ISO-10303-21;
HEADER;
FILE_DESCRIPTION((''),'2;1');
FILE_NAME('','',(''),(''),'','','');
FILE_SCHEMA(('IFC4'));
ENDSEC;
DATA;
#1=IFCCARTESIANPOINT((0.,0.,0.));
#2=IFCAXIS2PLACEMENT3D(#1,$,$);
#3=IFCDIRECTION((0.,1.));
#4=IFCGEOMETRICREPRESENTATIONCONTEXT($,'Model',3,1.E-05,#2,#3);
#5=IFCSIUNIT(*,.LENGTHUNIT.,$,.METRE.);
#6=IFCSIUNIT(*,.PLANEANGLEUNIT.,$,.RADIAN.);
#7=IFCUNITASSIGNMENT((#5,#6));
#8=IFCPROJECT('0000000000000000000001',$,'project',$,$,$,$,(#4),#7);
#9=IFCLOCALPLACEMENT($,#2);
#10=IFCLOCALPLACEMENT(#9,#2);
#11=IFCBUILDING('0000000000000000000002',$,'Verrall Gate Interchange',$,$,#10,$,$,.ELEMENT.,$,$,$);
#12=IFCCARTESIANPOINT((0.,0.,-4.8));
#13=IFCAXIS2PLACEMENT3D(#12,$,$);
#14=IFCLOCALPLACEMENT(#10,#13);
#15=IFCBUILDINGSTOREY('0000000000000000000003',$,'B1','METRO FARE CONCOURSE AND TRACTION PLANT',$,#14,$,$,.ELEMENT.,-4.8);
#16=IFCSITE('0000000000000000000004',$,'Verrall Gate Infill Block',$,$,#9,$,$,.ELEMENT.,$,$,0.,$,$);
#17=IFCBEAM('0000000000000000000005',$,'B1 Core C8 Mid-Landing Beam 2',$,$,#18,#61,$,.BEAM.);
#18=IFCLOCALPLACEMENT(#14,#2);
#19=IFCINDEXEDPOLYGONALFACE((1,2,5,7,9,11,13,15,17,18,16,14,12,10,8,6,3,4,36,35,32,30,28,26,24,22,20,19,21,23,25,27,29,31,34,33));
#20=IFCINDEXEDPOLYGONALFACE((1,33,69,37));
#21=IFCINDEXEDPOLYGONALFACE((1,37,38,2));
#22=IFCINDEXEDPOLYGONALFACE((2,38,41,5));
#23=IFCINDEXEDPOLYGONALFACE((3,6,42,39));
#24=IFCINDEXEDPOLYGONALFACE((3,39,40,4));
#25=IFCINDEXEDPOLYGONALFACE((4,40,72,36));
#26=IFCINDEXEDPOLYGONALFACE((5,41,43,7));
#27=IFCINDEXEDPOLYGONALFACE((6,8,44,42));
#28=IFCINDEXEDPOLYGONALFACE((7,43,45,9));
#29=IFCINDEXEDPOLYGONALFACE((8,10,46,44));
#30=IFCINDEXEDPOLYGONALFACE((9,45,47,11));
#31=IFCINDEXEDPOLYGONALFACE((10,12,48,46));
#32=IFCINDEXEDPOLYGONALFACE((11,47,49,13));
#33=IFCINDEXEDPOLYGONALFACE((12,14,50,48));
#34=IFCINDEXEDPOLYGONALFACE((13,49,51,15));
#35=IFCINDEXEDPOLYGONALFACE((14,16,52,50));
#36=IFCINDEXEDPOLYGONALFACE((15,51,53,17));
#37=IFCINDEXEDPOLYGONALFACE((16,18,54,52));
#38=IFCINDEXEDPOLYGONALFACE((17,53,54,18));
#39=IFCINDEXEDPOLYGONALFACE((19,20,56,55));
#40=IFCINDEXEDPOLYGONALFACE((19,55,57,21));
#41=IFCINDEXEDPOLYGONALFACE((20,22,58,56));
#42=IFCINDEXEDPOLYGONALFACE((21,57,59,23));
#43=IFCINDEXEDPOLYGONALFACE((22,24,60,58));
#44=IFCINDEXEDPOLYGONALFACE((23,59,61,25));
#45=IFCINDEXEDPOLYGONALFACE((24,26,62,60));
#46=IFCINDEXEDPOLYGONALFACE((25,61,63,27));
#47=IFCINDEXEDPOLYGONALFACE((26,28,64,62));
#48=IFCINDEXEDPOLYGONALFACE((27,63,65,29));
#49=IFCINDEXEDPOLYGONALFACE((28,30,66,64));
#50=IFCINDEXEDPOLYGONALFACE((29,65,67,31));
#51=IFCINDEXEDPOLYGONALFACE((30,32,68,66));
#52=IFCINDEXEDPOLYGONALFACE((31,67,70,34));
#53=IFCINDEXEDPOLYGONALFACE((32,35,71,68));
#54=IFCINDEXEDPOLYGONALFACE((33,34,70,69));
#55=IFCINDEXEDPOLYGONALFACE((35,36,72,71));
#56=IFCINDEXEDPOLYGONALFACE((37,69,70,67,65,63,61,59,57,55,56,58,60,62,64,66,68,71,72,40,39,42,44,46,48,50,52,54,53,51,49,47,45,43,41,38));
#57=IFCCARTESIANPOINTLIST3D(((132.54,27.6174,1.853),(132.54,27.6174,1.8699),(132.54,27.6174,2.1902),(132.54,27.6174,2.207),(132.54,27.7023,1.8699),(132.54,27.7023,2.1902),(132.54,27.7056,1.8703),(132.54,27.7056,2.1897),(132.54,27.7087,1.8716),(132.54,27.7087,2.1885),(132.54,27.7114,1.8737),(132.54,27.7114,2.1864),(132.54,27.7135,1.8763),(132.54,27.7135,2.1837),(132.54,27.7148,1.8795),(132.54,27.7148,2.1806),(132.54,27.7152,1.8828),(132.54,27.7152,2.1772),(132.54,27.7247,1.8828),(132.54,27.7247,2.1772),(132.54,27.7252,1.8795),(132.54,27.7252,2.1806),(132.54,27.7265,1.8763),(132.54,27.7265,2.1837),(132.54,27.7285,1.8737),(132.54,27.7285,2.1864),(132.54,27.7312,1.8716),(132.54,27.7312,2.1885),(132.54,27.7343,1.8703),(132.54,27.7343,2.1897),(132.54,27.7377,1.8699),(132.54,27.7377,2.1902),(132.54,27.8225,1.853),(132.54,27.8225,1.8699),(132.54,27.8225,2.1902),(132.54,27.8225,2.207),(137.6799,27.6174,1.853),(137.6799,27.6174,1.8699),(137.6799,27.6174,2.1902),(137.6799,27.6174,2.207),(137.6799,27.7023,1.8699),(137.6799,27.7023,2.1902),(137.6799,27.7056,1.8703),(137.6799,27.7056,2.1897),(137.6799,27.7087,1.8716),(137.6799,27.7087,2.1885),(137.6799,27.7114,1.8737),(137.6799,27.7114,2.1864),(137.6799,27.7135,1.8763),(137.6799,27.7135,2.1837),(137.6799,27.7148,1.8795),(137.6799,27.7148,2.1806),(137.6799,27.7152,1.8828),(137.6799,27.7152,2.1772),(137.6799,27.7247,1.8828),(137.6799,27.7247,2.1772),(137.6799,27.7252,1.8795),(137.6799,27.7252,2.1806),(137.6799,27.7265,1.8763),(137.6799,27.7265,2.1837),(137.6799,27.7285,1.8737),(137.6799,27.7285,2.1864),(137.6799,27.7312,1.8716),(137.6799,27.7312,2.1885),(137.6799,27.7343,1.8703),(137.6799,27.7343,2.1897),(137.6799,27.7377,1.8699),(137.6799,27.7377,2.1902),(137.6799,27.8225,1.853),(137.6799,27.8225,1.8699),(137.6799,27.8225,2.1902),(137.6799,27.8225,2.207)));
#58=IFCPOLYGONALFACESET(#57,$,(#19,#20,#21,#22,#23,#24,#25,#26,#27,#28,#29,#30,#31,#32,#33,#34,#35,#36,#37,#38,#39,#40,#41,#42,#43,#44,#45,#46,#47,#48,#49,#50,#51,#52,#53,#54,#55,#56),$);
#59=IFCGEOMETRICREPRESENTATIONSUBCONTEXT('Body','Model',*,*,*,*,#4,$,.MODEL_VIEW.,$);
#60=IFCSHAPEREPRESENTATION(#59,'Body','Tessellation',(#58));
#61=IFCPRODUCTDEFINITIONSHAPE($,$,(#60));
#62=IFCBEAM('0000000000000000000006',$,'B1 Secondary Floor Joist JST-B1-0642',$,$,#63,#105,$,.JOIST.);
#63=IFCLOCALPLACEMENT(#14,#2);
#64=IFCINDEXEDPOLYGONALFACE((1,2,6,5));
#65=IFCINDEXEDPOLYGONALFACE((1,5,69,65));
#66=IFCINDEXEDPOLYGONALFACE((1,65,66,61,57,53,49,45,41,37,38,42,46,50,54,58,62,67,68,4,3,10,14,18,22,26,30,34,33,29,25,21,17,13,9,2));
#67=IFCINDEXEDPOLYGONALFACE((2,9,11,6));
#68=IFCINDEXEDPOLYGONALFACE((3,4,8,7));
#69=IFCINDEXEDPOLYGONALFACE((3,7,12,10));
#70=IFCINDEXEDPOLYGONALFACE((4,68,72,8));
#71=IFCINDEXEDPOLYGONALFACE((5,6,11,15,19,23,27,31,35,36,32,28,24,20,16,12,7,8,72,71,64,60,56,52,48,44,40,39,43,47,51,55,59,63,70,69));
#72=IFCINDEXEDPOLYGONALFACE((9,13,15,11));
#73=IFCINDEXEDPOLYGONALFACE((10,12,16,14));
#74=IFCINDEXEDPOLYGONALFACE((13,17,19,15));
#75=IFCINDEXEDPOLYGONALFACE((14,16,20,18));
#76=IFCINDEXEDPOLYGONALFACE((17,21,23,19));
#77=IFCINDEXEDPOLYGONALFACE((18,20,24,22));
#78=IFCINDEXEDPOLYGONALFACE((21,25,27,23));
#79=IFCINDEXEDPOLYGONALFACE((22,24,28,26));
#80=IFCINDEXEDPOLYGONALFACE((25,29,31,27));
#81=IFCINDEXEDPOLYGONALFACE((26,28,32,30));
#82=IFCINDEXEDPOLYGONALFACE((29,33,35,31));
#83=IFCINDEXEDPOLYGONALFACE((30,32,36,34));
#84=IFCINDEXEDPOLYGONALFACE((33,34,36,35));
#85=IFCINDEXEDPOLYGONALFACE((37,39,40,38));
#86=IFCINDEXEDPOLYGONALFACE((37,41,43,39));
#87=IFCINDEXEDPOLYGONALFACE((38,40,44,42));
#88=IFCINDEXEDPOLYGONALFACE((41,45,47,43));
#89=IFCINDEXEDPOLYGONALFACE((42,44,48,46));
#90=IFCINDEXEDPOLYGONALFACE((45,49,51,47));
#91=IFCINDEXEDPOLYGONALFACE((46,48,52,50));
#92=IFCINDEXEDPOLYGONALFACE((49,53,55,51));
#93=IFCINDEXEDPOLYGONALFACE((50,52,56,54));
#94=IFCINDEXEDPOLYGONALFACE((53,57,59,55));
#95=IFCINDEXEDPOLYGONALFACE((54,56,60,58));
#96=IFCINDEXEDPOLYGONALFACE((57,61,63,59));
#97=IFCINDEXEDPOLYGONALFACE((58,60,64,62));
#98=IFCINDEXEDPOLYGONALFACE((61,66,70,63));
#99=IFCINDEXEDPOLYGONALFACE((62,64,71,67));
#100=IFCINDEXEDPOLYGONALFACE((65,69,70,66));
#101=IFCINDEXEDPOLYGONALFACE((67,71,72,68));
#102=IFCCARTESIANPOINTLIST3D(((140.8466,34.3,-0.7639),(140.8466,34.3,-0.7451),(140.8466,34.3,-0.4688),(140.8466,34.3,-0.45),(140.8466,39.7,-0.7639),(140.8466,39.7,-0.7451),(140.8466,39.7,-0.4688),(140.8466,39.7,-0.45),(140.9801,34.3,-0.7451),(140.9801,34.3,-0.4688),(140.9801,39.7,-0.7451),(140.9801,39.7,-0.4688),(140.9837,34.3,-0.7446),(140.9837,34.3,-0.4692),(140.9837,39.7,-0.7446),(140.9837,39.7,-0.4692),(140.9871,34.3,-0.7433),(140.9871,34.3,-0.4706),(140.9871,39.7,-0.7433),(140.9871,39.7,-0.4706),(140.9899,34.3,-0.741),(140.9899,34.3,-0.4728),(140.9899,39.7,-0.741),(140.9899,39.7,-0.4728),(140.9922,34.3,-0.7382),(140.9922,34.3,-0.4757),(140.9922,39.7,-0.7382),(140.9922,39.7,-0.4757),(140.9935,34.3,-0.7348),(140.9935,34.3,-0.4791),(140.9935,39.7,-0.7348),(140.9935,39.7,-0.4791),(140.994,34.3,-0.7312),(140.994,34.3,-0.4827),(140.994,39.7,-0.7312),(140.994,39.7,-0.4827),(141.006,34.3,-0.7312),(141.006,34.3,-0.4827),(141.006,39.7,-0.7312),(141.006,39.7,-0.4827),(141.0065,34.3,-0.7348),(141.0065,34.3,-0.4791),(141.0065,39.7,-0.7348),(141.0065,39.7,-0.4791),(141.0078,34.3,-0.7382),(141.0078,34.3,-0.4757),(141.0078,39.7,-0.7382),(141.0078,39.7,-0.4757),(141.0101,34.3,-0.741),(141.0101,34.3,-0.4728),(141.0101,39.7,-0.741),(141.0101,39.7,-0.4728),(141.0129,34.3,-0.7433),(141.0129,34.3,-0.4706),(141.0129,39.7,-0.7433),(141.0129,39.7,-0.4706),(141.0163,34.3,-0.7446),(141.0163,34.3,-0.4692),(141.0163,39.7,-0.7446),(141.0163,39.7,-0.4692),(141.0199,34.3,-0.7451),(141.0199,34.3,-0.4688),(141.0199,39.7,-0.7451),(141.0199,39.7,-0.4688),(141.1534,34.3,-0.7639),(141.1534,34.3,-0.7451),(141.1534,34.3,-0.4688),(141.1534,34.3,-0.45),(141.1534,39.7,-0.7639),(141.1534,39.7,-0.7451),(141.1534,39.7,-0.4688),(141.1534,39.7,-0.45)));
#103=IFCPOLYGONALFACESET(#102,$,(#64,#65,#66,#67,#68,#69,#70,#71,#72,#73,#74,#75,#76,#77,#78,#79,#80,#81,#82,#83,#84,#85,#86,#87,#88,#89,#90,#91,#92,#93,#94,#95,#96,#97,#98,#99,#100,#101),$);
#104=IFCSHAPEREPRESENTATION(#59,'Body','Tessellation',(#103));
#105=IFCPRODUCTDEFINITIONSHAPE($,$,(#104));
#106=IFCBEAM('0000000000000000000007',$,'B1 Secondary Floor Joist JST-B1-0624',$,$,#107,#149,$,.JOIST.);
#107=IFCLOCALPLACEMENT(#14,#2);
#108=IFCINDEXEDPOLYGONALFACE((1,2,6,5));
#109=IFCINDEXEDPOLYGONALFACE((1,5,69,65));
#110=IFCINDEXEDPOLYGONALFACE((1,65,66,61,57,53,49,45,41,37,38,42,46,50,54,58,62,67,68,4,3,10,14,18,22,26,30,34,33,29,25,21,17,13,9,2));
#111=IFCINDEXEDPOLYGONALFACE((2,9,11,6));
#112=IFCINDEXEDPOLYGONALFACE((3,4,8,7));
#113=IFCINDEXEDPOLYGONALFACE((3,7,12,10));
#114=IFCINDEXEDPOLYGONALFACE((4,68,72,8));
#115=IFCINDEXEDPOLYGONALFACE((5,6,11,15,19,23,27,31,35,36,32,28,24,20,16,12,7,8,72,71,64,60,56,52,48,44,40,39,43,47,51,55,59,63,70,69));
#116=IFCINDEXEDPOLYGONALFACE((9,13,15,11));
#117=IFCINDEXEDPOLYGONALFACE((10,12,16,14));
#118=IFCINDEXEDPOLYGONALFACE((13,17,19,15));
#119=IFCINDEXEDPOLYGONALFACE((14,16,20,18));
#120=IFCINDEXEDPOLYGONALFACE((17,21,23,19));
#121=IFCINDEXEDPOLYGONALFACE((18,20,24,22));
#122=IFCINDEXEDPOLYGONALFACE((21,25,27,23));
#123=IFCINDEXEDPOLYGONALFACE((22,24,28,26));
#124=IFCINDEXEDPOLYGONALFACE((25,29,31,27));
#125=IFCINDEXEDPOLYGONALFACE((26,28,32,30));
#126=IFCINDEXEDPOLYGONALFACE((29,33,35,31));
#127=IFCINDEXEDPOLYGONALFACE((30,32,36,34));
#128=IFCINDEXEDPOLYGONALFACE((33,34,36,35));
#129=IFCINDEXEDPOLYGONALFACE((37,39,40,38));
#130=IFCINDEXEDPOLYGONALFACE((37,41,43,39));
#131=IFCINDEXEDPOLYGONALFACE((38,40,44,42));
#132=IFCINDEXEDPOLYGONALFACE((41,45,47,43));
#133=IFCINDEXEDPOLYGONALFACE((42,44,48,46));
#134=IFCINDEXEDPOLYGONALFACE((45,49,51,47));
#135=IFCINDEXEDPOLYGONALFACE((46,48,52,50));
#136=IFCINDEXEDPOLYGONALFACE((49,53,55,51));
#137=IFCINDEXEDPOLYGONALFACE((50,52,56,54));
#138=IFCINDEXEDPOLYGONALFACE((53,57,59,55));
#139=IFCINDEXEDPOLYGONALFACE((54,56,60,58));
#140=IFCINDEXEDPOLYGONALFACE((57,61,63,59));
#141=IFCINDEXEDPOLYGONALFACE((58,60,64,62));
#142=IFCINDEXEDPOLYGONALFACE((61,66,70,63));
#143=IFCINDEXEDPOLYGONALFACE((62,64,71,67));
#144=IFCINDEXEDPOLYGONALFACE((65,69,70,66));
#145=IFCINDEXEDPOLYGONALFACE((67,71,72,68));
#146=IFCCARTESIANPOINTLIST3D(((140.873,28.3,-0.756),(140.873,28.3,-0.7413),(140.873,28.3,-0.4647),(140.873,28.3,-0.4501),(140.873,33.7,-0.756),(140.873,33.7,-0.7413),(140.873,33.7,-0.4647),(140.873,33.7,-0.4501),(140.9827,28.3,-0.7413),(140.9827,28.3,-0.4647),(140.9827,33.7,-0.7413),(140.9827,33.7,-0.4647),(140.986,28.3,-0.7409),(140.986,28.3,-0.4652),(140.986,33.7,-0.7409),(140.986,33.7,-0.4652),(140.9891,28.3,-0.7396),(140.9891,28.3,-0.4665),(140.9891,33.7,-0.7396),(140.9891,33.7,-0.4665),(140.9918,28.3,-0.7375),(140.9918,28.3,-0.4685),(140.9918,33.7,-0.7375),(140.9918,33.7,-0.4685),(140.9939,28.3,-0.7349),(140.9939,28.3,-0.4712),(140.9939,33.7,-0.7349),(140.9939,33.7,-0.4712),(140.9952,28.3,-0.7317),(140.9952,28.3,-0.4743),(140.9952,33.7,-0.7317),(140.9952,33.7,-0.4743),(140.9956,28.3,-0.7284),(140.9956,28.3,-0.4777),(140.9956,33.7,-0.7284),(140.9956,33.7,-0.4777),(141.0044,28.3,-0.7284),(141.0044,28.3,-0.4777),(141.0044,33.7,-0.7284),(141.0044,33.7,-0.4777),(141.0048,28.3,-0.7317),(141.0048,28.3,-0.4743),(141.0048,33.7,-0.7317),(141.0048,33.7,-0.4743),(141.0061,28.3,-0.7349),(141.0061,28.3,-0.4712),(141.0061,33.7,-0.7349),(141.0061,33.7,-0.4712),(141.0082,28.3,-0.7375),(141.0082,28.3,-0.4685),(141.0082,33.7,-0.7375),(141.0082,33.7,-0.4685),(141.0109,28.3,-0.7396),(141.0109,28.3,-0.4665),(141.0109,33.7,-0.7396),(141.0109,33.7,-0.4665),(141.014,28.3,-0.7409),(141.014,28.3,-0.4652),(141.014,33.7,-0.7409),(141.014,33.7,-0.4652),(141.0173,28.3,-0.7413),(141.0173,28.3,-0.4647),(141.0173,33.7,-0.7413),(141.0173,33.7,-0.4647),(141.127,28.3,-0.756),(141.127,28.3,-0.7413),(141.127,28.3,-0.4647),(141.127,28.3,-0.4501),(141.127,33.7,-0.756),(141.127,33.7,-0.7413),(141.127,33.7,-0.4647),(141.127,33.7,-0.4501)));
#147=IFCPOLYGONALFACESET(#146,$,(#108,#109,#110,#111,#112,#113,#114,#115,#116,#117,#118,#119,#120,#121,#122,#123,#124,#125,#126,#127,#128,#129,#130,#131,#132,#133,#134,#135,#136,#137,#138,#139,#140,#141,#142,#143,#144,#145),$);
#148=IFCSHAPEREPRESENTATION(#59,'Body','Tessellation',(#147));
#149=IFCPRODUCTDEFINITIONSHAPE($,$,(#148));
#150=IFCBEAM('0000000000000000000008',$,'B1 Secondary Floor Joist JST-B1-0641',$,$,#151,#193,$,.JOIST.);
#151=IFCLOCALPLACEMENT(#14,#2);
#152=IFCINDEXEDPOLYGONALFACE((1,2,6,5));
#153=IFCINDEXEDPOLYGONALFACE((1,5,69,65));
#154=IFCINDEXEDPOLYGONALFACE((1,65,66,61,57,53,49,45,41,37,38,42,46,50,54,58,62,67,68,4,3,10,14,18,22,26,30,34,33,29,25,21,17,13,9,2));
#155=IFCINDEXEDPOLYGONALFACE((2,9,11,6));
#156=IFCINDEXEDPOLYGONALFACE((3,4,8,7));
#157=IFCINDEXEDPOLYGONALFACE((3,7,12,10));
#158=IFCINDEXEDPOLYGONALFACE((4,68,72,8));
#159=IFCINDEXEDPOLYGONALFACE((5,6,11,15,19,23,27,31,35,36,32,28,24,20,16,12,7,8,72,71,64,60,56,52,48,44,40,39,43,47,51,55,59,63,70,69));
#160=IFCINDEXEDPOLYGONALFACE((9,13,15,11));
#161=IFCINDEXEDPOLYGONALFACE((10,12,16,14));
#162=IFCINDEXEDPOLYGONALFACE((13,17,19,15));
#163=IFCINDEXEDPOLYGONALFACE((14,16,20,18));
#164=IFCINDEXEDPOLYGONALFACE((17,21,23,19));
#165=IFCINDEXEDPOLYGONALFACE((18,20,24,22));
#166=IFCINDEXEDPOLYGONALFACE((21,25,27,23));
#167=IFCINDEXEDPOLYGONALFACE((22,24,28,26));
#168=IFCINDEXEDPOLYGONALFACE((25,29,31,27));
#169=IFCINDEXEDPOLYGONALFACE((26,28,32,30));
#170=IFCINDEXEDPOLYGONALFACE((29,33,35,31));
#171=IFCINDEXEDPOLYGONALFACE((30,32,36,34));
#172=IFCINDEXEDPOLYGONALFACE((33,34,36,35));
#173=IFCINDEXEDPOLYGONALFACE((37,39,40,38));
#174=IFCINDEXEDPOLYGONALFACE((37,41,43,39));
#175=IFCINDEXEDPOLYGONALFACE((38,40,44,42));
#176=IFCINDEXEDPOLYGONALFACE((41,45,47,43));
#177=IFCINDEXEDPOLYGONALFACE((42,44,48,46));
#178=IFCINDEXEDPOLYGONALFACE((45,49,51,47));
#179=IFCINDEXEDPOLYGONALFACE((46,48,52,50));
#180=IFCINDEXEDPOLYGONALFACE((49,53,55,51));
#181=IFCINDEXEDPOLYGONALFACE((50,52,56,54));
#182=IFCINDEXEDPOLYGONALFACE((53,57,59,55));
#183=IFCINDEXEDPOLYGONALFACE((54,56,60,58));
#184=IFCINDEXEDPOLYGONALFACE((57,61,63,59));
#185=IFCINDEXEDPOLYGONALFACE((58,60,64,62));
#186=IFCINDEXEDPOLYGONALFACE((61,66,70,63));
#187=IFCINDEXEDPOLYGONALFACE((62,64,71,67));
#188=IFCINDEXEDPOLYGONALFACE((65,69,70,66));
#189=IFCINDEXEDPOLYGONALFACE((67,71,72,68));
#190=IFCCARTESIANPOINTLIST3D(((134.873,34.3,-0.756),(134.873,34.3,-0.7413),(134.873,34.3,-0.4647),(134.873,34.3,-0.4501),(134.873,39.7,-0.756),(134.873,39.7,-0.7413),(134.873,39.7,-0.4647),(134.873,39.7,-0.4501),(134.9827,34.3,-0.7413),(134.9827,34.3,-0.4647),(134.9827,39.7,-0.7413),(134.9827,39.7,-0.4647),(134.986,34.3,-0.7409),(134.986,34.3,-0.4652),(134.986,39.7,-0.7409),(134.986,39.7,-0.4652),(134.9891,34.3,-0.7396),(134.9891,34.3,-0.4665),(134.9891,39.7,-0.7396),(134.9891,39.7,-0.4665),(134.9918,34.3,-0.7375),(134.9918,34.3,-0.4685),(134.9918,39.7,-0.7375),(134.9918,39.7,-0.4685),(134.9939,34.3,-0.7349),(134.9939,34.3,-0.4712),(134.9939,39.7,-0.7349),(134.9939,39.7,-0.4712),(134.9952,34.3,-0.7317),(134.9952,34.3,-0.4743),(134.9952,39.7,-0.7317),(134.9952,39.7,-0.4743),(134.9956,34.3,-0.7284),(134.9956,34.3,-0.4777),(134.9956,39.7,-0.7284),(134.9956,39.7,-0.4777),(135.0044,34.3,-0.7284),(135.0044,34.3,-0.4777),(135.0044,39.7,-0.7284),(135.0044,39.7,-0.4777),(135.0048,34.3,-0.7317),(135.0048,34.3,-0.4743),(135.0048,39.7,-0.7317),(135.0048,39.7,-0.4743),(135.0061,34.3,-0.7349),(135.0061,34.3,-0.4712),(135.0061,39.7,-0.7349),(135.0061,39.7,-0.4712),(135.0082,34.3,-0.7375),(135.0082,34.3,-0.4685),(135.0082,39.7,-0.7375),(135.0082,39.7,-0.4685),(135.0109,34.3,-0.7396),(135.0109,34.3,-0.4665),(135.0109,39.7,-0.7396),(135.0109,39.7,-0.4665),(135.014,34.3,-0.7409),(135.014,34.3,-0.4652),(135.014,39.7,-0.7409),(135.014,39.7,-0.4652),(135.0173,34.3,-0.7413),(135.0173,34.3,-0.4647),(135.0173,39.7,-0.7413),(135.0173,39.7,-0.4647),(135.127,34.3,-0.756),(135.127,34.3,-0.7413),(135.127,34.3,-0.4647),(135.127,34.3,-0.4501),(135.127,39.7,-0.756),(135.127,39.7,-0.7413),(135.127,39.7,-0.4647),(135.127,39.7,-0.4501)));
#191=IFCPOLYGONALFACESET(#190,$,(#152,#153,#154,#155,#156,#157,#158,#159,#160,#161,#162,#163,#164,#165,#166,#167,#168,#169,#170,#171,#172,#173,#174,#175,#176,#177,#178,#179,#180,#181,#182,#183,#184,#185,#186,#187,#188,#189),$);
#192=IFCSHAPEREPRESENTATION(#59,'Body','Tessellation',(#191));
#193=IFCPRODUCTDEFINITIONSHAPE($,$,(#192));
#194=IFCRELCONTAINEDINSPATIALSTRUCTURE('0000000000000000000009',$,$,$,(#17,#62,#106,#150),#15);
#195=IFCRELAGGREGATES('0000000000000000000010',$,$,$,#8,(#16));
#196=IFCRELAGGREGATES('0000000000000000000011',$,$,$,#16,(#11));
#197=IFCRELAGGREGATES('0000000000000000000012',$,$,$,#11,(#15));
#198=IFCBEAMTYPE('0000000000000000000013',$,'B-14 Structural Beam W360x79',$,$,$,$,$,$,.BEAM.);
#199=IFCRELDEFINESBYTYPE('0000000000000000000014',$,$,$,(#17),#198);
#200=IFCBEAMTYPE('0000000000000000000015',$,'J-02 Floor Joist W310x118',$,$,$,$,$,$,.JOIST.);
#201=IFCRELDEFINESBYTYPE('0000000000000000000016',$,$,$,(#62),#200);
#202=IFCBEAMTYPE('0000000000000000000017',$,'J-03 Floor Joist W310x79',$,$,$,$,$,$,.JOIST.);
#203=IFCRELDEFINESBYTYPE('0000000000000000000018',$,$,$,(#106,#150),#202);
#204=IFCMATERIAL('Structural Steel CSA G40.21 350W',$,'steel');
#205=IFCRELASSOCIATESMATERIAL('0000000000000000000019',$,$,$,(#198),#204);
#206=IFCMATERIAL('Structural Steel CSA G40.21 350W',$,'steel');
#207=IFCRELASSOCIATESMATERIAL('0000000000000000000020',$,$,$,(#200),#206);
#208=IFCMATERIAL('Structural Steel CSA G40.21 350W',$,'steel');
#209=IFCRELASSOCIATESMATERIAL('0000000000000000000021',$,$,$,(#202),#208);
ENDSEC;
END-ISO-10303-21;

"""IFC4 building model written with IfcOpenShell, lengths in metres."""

from ifc_helpers import new_model, si_unit, direction, frame, origin, origin_2d, place, context, subcontext, project, spatial, i_section, extrude, material, material_profile, profile_set, type_object, element, save


model = new_model("IFC4")

# Units and contexts
model_context = context("Model", 3, precision=1e-05, world=origin(), true_north=direction((0.0, 1.0)))
body_context = subcontext(model_context, "Body", "Model", "MODEL_VIEW")
ifc_project = project(units=[si_unit("LENGTHUNIT", "METRE"), si_unit("PLANEANGLEUNIT", "RADIAN")], contexts=[model_context])

# Site, building, storey
site_placement = place(None, origin())
site = spatial("IfcSite", under=ifc_project, at=site_placement, Name="Verrall Gate Infill Block", CompositionType="ELEMENT", RefElevation=0.0)
building_placement = place(site_placement, origin())
building = spatial("IfcBuilding", under=site, at=building_placement, Name="Verrall Gate Interchange", CompositionType="ELEMENT")
storey_placement = place(building_placement, frame((0.0, 0.0, -4.8)))
storey = spatial("IfcBuildingStorey", under=building, at=storey_placement, Name="B1", Description="METRO FARE CONCOURSE AND TRACTION PLANT", CompositionType="ELEMENT", Elevation=-4.8)

# Beams
ifc_material_1 = material(Name="Structural Steel CSA G40.21 350W", Category="steel")
ifc_material_profile_1 = material_profile(ifc_material_1, i_section(OverallWidth=0.2051, OverallDepth=0.354, WebThickness=0.0095, FlangeThickness=0.0168, FilletRadius=0.0129, at=origin_2d()), Name="W360x79")
ifc_profile_set_1 = profile_set([ifc_material_profile_1], Name="Structural Steel CSA G40.21 350W")
beam_type_1 = type_object("IfcBeamType", Name="B-14 Structural Beam W360x79", PredefinedType="BEAM", material=ifc_profile_set_1)
for number, where, z_axis, x_axis, name in (
    (1, (132.54, 27.72, 2.03), (1.0, 0.0, 0.0), (0.0, 1.0, 0.0), "B1 Core C8 Mid-Landing Beam 2"),
):
    element("IfcBeam", number, at=place(storey_placement, frame(where, z_axis=z_axis, x_axis=x_axis)), inside=storey, type_object=beam_type_1, Name=name, PredefinedType="BEAM", context=body_context, shape_type="SweptSolid", body=[
        extrude(i_section(OverallWidth=0.2051, OverallDepth=0.354, WebThickness=0.0095, FlangeThickness=0.0168, FilletRadius=0.0129, at=origin_2d()), origin(), (0.0, 0.0, 1.0), 5.1399),
    ])
ifc_material_2 = material(Name="Structural Steel CSA G40.21 350W", Category="steel")
ifc_material_profile_2 = material_profile(ifc_material_2, i_section(OverallWidth=0.3069, OverallDepth=0.314, WebThickness=0.012, FlangeThickness=0.0188, FilletRadius=0.0139, at=origin_2d()), Name="W310x118")
ifc_profile_set_2 = profile_set([ifc_material_profile_2], Name="Structural Steel CSA G40.21 350W")
beam_type_2 = type_object("IfcBeamType", Name="J-02 Floor Joist W310x118", PredefinedType="JOIST", material=ifc_profile_set_2)
beam_1_placement = place(storey_placement, frame((141.0, 34.3, -0.6069), z_axis=(0.0, 1.0, 0.0), x_axis=(-1.0, 0.0, 0.0)))
element("IfcBeam", 2, at=beam_1_placement, inside=storey, type_object=beam_type_2, Name="B1 Secondary Floor Joist JST-B1-0642", PredefinedType="JOIST", context=body_context, shape_type="SweptSolid", body=[
    extrude(i_section(OverallWidth=0.3069, OverallDepth=0.314, WebThickness=0.012, FlangeThickness=0.0188, FilletRadius=0.0139, at=origin_2d()), origin(), (0.0, 0.0, 1.0), 5.3999),
])
ifc_material_3 = material(Name="Structural Steel CSA G40.21 350W", Category="steel")
ifc_material_profile_3 = material_profile(ifc_material_3, i_section(OverallWidth=0.2539, OverallDepth=0.3059, WebThickness=0.0088, FlangeThickness=0.0146, FilletRadius=0.0129, at=origin_2d()), Name="W310x79")
ifc_profile_set_3 = profile_set([ifc_material_profile_3], Name="Structural Steel CSA G40.21 350W")
beam_type_3 = type_object("IfcBeamType", Name="J-03 Floor Joist W310x79", PredefinedType="JOIST", material=ifc_profile_set_3)
for number, where, z_axis, x_axis, name in (
    (3, (141.0, 28.3, -0.603), (0.0, 1.0, 0.0), (-1.0, 0.0, 0.0), "B1 Secondary Floor Joist JST-B1-0624"),
    (4, (135.0, 34.3, -0.603), (0.0, 1.0, 0.0), (-1.0, 0.0, 0.0), "B1 Secondary Floor Joist JST-B1-0641"),
):
    element("IfcBeam", number, at=place(storey_placement, frame(where, z_axis=z_axis, x_axis=x_axis)), inside=storey, type_object=beam_type_3, Name=name, PredefinedType="JOIST", context=body_context, shape_type="SweptSolid", body=[
        extrude(i_section(OverallWidth=0.2539, OverallDepth=0.3059, WebThickness=0.0088, FlangeThickness=0.0146, FilletRadius=0.0129, at=origin_2d()), origin(), (0.0, 0.0, 1.0), 5.3999),
    ])

save(model, "model.ifc")
